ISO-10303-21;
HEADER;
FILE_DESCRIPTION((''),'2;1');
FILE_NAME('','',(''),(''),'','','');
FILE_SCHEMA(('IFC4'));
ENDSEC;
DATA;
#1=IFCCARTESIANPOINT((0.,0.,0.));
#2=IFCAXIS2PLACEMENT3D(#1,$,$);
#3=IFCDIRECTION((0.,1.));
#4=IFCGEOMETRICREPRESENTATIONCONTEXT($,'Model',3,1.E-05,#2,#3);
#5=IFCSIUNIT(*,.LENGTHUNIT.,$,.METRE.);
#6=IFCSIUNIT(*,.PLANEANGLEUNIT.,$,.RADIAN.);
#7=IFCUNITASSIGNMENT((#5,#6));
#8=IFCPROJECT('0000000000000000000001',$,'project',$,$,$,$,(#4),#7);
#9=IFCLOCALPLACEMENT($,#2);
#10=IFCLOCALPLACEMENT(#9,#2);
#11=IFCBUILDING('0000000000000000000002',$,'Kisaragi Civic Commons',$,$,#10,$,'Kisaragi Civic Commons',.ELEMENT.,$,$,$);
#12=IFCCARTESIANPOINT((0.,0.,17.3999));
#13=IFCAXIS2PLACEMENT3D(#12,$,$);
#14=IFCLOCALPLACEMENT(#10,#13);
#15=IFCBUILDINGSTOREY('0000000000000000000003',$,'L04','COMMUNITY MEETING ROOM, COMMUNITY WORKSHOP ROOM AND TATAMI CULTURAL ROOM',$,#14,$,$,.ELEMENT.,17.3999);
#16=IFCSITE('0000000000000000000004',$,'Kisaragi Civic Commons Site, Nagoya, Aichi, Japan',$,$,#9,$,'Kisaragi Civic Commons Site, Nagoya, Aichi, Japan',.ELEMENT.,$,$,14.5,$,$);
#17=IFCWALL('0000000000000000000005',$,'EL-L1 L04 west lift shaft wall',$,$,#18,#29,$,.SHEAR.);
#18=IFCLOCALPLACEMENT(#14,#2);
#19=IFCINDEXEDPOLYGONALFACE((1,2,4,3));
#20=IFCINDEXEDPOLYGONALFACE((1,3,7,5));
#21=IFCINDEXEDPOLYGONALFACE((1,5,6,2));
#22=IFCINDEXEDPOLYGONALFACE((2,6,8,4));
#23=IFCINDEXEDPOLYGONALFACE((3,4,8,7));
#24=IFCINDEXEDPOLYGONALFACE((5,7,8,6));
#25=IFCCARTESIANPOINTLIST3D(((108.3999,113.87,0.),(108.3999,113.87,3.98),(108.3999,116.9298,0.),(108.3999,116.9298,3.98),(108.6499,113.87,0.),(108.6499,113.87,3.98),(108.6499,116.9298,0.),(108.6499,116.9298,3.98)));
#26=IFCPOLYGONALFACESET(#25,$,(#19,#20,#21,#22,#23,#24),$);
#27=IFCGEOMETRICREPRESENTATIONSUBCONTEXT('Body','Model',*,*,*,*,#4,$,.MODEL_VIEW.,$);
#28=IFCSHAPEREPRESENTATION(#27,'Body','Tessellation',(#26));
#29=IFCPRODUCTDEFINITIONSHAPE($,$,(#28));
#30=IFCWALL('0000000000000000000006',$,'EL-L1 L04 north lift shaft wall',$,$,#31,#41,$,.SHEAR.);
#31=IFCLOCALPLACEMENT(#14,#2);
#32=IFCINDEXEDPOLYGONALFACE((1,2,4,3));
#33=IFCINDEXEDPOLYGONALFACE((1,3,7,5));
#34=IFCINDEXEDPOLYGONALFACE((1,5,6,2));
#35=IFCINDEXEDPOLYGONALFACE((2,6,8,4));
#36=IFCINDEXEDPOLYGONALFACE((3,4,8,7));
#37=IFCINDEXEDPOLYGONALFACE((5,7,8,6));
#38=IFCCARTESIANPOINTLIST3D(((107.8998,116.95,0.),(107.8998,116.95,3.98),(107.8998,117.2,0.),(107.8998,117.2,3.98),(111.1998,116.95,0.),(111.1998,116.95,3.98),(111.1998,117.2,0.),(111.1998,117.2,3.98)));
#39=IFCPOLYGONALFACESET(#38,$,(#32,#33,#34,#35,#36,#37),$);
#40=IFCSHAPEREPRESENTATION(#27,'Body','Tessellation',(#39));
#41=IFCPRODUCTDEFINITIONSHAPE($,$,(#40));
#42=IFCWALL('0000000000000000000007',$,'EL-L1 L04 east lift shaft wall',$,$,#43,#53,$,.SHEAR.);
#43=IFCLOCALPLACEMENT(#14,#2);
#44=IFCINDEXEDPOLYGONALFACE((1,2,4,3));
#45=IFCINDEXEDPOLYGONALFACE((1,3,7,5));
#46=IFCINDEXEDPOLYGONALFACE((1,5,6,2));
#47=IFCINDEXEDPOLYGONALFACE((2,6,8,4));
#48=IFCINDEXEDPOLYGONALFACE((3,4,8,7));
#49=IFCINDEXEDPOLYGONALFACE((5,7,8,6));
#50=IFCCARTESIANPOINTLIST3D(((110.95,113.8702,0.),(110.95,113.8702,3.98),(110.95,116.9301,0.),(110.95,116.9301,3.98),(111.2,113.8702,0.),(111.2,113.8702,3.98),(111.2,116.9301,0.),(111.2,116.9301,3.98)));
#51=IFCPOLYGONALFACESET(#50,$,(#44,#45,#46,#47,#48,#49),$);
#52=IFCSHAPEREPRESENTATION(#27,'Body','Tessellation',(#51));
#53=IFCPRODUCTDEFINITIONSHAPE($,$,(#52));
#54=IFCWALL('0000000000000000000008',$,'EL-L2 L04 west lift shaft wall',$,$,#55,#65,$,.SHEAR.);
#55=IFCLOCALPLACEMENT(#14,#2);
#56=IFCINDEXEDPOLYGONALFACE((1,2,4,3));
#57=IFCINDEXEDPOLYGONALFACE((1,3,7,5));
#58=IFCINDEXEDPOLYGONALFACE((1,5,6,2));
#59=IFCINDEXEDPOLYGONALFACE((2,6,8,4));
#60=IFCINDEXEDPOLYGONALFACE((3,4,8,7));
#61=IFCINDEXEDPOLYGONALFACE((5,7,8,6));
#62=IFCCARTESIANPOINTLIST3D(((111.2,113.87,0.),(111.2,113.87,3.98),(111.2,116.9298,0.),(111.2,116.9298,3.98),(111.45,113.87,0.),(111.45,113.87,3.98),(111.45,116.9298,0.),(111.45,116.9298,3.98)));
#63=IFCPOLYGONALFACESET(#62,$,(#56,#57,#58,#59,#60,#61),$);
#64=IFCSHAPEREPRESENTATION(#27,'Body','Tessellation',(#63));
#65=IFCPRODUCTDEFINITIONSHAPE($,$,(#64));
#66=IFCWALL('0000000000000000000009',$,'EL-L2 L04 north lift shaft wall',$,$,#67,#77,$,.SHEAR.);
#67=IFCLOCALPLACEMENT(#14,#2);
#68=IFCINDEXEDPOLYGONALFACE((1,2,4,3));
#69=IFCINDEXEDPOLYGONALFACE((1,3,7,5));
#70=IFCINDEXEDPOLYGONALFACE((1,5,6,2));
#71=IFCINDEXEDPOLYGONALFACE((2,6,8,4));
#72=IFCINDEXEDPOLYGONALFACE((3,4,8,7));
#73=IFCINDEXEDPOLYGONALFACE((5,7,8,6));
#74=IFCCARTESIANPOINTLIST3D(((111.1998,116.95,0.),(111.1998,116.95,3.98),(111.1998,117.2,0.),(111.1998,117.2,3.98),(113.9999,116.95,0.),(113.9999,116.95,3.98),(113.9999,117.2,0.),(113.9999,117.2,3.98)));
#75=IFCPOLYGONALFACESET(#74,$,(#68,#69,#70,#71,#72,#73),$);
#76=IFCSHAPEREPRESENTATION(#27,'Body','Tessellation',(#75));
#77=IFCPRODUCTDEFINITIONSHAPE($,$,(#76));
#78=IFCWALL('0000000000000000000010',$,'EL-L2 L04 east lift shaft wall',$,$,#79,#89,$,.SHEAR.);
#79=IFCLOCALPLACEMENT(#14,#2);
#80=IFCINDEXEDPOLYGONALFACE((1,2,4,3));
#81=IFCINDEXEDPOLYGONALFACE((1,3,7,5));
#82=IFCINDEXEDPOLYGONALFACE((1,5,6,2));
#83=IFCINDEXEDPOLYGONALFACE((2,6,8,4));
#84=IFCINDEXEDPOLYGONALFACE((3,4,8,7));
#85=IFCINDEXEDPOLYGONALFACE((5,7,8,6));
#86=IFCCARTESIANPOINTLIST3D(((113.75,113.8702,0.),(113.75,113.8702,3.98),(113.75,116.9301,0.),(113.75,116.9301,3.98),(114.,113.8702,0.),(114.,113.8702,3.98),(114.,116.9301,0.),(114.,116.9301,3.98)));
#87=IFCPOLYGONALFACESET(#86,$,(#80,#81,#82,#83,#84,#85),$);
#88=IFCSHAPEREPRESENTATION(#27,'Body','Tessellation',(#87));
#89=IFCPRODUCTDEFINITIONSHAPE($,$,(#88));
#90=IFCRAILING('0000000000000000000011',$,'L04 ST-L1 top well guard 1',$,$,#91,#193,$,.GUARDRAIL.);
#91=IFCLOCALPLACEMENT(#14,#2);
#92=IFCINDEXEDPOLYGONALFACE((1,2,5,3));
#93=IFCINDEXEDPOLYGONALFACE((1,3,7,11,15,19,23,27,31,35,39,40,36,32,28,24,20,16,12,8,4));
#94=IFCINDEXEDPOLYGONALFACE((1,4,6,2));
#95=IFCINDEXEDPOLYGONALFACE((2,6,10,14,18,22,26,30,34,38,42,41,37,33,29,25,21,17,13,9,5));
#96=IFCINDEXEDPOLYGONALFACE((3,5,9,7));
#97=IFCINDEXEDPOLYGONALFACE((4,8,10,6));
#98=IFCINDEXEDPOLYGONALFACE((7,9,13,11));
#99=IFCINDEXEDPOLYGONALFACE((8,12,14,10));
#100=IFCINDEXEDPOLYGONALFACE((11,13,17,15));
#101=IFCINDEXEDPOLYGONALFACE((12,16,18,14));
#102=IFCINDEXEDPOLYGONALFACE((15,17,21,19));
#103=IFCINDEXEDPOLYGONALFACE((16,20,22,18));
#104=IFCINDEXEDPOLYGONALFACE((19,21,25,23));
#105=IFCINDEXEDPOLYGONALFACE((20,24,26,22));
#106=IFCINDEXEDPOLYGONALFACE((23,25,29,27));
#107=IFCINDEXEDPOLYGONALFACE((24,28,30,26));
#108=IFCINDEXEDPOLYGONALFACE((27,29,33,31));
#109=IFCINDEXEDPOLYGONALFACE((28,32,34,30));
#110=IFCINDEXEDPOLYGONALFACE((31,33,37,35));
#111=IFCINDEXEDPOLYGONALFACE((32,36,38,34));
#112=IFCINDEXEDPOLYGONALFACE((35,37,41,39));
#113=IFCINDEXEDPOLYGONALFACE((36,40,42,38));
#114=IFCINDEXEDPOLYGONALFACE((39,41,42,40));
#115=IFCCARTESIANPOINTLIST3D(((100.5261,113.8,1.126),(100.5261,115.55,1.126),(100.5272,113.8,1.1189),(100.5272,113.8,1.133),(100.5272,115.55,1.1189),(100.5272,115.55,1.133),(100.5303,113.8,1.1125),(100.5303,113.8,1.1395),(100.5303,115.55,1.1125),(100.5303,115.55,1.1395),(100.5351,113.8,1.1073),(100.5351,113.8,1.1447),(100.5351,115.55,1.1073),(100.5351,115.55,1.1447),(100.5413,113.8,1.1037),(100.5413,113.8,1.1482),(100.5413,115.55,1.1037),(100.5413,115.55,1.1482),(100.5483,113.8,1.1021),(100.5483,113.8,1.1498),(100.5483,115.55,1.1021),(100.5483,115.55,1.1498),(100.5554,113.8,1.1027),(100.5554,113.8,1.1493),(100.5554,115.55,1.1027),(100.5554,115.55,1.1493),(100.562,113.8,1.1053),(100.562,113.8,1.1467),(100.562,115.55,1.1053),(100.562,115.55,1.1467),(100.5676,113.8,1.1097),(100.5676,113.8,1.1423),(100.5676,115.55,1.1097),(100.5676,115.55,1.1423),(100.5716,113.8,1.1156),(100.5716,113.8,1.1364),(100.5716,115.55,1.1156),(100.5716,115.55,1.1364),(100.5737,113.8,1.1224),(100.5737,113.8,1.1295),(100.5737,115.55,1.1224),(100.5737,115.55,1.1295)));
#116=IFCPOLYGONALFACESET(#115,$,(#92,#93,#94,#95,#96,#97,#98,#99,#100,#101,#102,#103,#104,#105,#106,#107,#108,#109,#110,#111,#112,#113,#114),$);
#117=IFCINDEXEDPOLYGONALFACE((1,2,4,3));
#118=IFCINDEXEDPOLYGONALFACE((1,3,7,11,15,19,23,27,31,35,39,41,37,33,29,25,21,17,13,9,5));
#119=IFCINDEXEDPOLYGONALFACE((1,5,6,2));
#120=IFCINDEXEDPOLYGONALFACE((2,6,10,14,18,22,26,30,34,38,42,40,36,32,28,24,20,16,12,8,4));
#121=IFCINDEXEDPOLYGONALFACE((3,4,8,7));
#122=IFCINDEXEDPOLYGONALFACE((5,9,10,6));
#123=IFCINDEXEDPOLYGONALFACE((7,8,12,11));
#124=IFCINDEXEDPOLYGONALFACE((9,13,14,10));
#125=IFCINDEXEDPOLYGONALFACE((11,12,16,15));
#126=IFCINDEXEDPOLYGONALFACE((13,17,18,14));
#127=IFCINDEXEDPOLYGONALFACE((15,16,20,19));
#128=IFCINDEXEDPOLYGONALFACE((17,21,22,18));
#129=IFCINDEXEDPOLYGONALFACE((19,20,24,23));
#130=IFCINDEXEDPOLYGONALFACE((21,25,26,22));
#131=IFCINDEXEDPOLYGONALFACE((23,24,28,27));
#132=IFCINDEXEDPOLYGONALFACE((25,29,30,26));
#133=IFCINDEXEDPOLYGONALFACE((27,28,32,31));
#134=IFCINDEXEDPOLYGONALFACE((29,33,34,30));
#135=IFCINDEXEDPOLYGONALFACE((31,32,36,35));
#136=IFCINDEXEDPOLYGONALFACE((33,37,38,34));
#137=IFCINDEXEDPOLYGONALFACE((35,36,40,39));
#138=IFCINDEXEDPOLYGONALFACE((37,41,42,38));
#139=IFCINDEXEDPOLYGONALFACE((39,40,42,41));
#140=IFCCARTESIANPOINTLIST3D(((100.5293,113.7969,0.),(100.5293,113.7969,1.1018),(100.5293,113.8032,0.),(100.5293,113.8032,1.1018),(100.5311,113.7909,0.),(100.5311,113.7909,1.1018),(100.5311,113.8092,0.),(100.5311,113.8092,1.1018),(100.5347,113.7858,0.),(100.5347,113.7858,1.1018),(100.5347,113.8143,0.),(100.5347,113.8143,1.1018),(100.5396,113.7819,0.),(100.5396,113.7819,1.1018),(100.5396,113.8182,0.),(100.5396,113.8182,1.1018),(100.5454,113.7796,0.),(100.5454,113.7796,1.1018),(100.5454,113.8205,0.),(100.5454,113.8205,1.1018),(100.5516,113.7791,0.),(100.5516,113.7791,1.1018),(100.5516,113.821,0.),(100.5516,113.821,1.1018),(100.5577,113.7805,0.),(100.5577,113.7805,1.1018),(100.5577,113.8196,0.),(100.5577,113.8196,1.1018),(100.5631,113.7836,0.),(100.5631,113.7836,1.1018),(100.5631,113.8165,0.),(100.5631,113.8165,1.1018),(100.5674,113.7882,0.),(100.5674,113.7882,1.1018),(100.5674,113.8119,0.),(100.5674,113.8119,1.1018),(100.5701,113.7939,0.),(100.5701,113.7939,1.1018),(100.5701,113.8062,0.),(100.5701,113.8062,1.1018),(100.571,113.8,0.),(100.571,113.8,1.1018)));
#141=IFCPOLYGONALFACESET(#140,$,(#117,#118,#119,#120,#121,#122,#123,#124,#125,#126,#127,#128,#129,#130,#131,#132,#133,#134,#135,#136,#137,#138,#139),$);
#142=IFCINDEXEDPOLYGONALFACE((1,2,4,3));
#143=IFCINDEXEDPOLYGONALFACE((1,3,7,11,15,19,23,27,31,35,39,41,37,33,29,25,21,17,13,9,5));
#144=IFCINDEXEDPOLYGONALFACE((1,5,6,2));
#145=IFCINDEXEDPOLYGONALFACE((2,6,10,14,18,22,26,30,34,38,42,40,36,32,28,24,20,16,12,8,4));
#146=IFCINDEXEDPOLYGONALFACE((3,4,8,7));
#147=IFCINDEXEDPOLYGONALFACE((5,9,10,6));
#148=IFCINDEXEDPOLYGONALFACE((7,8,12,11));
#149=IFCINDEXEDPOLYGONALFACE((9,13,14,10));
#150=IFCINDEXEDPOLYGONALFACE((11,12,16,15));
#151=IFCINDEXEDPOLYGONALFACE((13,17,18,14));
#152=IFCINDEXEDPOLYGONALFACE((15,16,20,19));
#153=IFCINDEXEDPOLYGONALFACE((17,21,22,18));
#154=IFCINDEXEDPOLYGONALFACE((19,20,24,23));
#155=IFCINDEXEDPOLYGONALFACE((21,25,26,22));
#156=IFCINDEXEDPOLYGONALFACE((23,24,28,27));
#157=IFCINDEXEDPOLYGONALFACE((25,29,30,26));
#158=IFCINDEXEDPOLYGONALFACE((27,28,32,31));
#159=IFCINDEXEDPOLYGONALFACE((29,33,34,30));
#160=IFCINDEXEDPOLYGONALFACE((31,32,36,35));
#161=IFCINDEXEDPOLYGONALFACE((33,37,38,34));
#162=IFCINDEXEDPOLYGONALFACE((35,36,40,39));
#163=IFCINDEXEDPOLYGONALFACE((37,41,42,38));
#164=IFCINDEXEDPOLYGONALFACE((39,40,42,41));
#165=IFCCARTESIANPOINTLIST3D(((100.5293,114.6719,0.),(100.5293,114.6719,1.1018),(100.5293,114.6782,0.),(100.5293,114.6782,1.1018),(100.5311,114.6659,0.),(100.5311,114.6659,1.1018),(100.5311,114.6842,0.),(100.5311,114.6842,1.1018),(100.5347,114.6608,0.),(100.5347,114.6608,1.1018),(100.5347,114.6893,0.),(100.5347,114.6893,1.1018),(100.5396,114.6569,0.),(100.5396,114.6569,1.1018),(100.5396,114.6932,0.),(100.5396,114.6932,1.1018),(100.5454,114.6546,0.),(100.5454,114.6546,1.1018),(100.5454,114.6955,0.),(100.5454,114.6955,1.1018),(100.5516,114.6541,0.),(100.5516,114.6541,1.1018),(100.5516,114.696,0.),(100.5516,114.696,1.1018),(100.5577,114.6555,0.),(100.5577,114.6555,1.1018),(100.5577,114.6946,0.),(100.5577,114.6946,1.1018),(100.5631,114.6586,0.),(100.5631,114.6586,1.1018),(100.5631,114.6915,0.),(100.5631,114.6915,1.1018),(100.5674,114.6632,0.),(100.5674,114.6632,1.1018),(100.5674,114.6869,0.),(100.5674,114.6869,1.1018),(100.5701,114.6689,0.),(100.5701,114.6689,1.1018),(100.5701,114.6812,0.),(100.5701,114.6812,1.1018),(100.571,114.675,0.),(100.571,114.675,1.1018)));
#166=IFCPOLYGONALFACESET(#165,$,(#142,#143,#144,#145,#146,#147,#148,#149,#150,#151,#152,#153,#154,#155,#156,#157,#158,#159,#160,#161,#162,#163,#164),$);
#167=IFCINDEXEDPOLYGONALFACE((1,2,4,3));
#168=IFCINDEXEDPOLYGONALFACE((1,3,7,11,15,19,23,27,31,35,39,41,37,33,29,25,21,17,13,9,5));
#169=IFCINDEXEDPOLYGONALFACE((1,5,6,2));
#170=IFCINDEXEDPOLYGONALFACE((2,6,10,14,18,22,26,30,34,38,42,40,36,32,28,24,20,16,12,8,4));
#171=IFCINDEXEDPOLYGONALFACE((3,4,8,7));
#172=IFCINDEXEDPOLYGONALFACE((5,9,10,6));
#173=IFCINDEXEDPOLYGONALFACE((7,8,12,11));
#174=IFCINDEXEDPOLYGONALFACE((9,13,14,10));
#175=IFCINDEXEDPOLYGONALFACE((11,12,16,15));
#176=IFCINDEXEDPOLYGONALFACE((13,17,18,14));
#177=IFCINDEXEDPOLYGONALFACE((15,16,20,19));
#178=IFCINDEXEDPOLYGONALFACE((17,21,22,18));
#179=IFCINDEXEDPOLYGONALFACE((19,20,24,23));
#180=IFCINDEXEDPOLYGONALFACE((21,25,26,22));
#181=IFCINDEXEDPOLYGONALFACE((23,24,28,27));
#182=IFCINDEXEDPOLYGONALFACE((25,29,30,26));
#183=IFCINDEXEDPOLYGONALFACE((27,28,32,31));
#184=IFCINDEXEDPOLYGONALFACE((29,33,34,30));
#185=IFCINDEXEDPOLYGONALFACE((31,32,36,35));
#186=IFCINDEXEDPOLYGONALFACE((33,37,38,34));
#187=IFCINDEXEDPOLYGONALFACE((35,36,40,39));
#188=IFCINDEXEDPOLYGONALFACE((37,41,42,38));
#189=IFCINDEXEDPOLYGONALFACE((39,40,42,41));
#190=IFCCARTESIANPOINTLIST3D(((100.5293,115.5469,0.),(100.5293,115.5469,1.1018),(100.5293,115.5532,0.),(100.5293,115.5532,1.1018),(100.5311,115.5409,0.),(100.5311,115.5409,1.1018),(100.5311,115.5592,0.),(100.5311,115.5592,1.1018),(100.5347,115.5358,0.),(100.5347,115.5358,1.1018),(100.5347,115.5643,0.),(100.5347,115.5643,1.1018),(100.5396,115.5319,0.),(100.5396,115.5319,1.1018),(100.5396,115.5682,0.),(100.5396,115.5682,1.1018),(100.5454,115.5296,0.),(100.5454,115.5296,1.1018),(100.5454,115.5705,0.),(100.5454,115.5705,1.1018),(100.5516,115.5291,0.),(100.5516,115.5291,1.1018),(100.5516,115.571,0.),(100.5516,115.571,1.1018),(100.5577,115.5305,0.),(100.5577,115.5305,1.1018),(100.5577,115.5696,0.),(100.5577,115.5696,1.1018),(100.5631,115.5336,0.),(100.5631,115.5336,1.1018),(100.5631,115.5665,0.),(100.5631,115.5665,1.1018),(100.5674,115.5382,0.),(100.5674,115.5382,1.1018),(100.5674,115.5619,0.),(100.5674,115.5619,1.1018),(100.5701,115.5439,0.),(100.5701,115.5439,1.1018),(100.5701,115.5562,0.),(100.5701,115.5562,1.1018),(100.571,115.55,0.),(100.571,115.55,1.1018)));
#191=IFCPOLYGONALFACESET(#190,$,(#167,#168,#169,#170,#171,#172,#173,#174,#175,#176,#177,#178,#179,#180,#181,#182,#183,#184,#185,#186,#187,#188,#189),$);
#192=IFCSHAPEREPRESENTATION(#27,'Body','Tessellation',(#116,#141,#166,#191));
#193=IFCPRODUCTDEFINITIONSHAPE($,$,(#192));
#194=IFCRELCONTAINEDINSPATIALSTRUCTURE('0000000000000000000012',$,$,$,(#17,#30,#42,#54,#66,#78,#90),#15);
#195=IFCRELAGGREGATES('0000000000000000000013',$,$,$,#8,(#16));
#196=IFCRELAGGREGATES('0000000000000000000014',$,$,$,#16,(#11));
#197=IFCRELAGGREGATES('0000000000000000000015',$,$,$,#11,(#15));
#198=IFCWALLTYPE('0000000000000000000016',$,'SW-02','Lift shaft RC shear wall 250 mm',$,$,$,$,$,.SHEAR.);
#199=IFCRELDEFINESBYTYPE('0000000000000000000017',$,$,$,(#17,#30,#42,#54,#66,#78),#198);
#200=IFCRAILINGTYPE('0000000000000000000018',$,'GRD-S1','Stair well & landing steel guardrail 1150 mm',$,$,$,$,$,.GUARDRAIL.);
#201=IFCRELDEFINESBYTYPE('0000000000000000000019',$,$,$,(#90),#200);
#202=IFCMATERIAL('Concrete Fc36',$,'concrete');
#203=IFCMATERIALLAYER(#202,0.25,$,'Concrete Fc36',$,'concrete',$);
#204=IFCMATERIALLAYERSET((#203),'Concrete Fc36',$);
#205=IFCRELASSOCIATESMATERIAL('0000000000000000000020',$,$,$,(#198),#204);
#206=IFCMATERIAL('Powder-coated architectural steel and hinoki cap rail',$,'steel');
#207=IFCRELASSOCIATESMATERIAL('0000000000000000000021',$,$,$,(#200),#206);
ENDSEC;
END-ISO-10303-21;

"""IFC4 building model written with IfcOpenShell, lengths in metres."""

from ifc_helpers import new_model, si_unit, direction, frame, frame_2d, origin, origin_2d, place, context, subcontext, project, spatial, rectangle, circle, extrude, material, layer, layer_set, type_object, element, save


model = new_model("IFC4")

# Units and contexts
model_context = context("Model", 3, precision=1e-05, world=origin(), true_north=direction((0.0, 1.0)))
body_context = subcontext(model_context, "Body", "Model", "MODEL_VIEW")
ifc_project = project(units=[si_unit("LENGTHUNIT", "METRE"), si_unit("PLANEANGLEUNIT", "RADIAN")], contexts=[model_context])

# Site, building, storey
site_placement = place(None, origin())
site = spatial("IfcSite", under=ifc_project, at=site_placement, Name="Kisaragi Civic Commons Site, Nagoya, Aichi, Japan", LongName="Kisaragi Civic Commons Site, Nagoya, Aichi, Japan", CompositionType="ELEMENT", RefElevation=14.5)
building_placement = place(site_placement, origin())
building = spatial("IfcBuilding", under=site, at=building_placement, Name="Kisaragi Civic Commons", LongName="Kisaragi Civic Commons", CompositionType="ELEMENT")
storey_placement = place(building_placement, frame((0.0, 0.0, 17.3999)))
storey = spatial("IfcBuildingStorey", under=building, at=storey_placement, Name="L04", Description="COMMUNITY MEETING ROOM, COMMUNITY WORKSHOP ROOM AND TATAMI CULTURAL ROOM", CompositionType="ELEMENT", Elevation=17.3999)

# Shared definitions
ifc_material_1 = material(Name="Concrete Fc36", Category="concrete")

# Shared definitions
ifc_layer_1 = layer(ifc_material_1, 0.25, Name="Concrete Fc36", Category="concrete")
ifc_layer_set_1 = layer_set([ifc_layer_1], Name="Concrete Fc36")
wall_type_1 = type_object("IfcWallType", Name="SW-02", Description="Lift shaft RC shear wall 250 mm", PredefinedType="SHEAR", material=ifc_layer_set_1)

# Walls
wall_1_placement = place(storey_placement, frame((108.5249, 113.8701, 0.0), z_axis=(0.0, 0.0, 1.0), x_axis=(0.0, 1.0, 0.0)))
element("IfcWall", 1, at=wall_1_placement, inside=storey, type_object=wall_type_1, Name="EL-L1 L04 west lift shaft wall", PredefinedType="SHEAR", context=body_context, shape_type="SweptSolid", body=[
    extrude(rectangle(XDim=3.0598, YDim=0.25, at=frame_2d((1.5298, 0.0))), origin(), (0.0, 0.0, 1.0), 3.98),
])
wall_2_placement = place(storey_placement, frame((107.8999, 117.075, 0.0), z_axis=(0.0, 0.0, 1.0), x_axis=(1.0, 0.0, 0.0)))
element("IfcWall", 2, at=wall_2_placement, inside=storey, type_object=wall_type_1, Name="EL-L1 L04 north lift shaft wall", PredefinedType="SHEAR", context=body_context, shape_type="SweptSolid", body=[
    extrude(rectangle(XDim=3.3, YDim=0.25, at=frame_2d((1.6499, 0.0))), origin(), (0.0, 0.0, 1.0), 3.98),
])
wall_3_placement = place(storey_placement, frame((111.075, 116.9299, 0.0), z_axis=(0.0, 0.0, 1.0), x_axis=(0.0, -1.0, 0.0)))
element("IfcWall", 3, at=wall_3_placement, inside=storey, type_object=wall_type_1, Name="EL-L1 L04 east lift shaft wall", PredefinedType="SHEAR", context=body_context, shape_type="SweptSolid", body=[
    extrude(rectangle(XDim=3.0598, YDim=0.25, at=frame_2d((1.5298, 0.0))), origin(), (0.0, 0.0, 1.0), 3.98),
])

# Walls
wall_4_placement = place(storey_placement, frame((111.325, 113.8701, 0.0), z_axis=(0.0, 0.0, 1.0), x_axis=(0.0, 1.0, 0.0)))
element("IfcWall", 4, at=wall_4_placement, inside=storey, type_object=wall_type_1, Name="EL-L2 L04 west lift shaft wall", PredefinedType="SHEAR", context=body_context, shape_type="SweptSolid", body=[
    extrude(rectangle(XDim=3.0598, YDim=0.25, at=frame_2d((1.5298, 0.0))), origin(), (0.0, 0.0, 1.0), 3.98),
])
wall_5_placement = place(storey_placement, frame((111.2, 117.075, 0.0), z_axis=(0.0, 0.0, 1.0), x_axis=(1.0, 0.0, 0.0)))
element("IfcWall", 5, at=wall_5_placement, inside=storey, type_object=wall_type_1, Name="EL-L2 L04 north lift shaft wall", PredefinedType="SHEAR", context=body_context, shape_type="SweptSolid", body=[
    extrude(rectangle(XDim=2.8, YDim=0.25, at=frame_2d((1.3999, 0.0))), origin(), (0.0, 0.0, 1.0), 3.98),
])
wall_6_placement = place(storey_placement, frame((113.875, 116.9299, 0.0), z_axis=(0.0, 0.0, 1.0), x_axis=(0.0, -1.0, 0.0)))
element("IfcWall", 6, at=wall_6_placement, inside=storey, type_object=wall_type_1, Name="EL-L2 L04 east lift shaft wall", PredefinedType="SHEAR", context=body_context, shape_type="SweptSolid", body=[
    extrude(rectangle(XDim=3.0598, YDim=0.25, at=frame_2d((1.5298, 0.0))), origin(), (0.0, 0.0, 1.0), 3.98),
])

# Railing
ifc_material_2 = material(Name="Powder-coated architectural steel and hinoki cap rail", Category="steel")
railing_type = type_object("IfcRailingType", Name="GRD-S1", Description="Stair well & landing steel guardrail 1150 mm", PredefinedType="GUARDRAIL", material=ifc_material_2)
for number, where, name in (
    (7, (100.55, 113.8, 0.0), "L04 ST-L1 top well guard 1"),
):
    element("IfcRailing", number, at=place(storey_placement, frame(where)), inside=storey, type_object=railing_type, Name=name, PredefinedType="GUARDRAIL", context=body_context, shape_type="SweptSolid", body=[
        extrude(circle(Radius=0.0239, at=origin_2d()), frame((0.0, 0.0, 1.126), z_axis=(0.0, 1.0, 0.0), x_axis=(-1.0, 0.0, 0.0)), (0.0, 0.0, 1.0), 1.75),
        extrude(circle(Radius=0.021, at=origin_2d()), origin(), (0.0, 0.0, 1.0), 1.1018),
        extrude(circle(Radius=0.021, at=origin_2d()), frame((0.0, 0.875, 0.0)), (0.0, 0.0, 1.0), 1.1018),
        extrude(circle(Radius=0.021, at=origin_2d()), frame((0.0, 1.75, 0.0)), (0.0, 0.0, 1.0), 1.1018),
    ])

save(model, "model.ifc")
